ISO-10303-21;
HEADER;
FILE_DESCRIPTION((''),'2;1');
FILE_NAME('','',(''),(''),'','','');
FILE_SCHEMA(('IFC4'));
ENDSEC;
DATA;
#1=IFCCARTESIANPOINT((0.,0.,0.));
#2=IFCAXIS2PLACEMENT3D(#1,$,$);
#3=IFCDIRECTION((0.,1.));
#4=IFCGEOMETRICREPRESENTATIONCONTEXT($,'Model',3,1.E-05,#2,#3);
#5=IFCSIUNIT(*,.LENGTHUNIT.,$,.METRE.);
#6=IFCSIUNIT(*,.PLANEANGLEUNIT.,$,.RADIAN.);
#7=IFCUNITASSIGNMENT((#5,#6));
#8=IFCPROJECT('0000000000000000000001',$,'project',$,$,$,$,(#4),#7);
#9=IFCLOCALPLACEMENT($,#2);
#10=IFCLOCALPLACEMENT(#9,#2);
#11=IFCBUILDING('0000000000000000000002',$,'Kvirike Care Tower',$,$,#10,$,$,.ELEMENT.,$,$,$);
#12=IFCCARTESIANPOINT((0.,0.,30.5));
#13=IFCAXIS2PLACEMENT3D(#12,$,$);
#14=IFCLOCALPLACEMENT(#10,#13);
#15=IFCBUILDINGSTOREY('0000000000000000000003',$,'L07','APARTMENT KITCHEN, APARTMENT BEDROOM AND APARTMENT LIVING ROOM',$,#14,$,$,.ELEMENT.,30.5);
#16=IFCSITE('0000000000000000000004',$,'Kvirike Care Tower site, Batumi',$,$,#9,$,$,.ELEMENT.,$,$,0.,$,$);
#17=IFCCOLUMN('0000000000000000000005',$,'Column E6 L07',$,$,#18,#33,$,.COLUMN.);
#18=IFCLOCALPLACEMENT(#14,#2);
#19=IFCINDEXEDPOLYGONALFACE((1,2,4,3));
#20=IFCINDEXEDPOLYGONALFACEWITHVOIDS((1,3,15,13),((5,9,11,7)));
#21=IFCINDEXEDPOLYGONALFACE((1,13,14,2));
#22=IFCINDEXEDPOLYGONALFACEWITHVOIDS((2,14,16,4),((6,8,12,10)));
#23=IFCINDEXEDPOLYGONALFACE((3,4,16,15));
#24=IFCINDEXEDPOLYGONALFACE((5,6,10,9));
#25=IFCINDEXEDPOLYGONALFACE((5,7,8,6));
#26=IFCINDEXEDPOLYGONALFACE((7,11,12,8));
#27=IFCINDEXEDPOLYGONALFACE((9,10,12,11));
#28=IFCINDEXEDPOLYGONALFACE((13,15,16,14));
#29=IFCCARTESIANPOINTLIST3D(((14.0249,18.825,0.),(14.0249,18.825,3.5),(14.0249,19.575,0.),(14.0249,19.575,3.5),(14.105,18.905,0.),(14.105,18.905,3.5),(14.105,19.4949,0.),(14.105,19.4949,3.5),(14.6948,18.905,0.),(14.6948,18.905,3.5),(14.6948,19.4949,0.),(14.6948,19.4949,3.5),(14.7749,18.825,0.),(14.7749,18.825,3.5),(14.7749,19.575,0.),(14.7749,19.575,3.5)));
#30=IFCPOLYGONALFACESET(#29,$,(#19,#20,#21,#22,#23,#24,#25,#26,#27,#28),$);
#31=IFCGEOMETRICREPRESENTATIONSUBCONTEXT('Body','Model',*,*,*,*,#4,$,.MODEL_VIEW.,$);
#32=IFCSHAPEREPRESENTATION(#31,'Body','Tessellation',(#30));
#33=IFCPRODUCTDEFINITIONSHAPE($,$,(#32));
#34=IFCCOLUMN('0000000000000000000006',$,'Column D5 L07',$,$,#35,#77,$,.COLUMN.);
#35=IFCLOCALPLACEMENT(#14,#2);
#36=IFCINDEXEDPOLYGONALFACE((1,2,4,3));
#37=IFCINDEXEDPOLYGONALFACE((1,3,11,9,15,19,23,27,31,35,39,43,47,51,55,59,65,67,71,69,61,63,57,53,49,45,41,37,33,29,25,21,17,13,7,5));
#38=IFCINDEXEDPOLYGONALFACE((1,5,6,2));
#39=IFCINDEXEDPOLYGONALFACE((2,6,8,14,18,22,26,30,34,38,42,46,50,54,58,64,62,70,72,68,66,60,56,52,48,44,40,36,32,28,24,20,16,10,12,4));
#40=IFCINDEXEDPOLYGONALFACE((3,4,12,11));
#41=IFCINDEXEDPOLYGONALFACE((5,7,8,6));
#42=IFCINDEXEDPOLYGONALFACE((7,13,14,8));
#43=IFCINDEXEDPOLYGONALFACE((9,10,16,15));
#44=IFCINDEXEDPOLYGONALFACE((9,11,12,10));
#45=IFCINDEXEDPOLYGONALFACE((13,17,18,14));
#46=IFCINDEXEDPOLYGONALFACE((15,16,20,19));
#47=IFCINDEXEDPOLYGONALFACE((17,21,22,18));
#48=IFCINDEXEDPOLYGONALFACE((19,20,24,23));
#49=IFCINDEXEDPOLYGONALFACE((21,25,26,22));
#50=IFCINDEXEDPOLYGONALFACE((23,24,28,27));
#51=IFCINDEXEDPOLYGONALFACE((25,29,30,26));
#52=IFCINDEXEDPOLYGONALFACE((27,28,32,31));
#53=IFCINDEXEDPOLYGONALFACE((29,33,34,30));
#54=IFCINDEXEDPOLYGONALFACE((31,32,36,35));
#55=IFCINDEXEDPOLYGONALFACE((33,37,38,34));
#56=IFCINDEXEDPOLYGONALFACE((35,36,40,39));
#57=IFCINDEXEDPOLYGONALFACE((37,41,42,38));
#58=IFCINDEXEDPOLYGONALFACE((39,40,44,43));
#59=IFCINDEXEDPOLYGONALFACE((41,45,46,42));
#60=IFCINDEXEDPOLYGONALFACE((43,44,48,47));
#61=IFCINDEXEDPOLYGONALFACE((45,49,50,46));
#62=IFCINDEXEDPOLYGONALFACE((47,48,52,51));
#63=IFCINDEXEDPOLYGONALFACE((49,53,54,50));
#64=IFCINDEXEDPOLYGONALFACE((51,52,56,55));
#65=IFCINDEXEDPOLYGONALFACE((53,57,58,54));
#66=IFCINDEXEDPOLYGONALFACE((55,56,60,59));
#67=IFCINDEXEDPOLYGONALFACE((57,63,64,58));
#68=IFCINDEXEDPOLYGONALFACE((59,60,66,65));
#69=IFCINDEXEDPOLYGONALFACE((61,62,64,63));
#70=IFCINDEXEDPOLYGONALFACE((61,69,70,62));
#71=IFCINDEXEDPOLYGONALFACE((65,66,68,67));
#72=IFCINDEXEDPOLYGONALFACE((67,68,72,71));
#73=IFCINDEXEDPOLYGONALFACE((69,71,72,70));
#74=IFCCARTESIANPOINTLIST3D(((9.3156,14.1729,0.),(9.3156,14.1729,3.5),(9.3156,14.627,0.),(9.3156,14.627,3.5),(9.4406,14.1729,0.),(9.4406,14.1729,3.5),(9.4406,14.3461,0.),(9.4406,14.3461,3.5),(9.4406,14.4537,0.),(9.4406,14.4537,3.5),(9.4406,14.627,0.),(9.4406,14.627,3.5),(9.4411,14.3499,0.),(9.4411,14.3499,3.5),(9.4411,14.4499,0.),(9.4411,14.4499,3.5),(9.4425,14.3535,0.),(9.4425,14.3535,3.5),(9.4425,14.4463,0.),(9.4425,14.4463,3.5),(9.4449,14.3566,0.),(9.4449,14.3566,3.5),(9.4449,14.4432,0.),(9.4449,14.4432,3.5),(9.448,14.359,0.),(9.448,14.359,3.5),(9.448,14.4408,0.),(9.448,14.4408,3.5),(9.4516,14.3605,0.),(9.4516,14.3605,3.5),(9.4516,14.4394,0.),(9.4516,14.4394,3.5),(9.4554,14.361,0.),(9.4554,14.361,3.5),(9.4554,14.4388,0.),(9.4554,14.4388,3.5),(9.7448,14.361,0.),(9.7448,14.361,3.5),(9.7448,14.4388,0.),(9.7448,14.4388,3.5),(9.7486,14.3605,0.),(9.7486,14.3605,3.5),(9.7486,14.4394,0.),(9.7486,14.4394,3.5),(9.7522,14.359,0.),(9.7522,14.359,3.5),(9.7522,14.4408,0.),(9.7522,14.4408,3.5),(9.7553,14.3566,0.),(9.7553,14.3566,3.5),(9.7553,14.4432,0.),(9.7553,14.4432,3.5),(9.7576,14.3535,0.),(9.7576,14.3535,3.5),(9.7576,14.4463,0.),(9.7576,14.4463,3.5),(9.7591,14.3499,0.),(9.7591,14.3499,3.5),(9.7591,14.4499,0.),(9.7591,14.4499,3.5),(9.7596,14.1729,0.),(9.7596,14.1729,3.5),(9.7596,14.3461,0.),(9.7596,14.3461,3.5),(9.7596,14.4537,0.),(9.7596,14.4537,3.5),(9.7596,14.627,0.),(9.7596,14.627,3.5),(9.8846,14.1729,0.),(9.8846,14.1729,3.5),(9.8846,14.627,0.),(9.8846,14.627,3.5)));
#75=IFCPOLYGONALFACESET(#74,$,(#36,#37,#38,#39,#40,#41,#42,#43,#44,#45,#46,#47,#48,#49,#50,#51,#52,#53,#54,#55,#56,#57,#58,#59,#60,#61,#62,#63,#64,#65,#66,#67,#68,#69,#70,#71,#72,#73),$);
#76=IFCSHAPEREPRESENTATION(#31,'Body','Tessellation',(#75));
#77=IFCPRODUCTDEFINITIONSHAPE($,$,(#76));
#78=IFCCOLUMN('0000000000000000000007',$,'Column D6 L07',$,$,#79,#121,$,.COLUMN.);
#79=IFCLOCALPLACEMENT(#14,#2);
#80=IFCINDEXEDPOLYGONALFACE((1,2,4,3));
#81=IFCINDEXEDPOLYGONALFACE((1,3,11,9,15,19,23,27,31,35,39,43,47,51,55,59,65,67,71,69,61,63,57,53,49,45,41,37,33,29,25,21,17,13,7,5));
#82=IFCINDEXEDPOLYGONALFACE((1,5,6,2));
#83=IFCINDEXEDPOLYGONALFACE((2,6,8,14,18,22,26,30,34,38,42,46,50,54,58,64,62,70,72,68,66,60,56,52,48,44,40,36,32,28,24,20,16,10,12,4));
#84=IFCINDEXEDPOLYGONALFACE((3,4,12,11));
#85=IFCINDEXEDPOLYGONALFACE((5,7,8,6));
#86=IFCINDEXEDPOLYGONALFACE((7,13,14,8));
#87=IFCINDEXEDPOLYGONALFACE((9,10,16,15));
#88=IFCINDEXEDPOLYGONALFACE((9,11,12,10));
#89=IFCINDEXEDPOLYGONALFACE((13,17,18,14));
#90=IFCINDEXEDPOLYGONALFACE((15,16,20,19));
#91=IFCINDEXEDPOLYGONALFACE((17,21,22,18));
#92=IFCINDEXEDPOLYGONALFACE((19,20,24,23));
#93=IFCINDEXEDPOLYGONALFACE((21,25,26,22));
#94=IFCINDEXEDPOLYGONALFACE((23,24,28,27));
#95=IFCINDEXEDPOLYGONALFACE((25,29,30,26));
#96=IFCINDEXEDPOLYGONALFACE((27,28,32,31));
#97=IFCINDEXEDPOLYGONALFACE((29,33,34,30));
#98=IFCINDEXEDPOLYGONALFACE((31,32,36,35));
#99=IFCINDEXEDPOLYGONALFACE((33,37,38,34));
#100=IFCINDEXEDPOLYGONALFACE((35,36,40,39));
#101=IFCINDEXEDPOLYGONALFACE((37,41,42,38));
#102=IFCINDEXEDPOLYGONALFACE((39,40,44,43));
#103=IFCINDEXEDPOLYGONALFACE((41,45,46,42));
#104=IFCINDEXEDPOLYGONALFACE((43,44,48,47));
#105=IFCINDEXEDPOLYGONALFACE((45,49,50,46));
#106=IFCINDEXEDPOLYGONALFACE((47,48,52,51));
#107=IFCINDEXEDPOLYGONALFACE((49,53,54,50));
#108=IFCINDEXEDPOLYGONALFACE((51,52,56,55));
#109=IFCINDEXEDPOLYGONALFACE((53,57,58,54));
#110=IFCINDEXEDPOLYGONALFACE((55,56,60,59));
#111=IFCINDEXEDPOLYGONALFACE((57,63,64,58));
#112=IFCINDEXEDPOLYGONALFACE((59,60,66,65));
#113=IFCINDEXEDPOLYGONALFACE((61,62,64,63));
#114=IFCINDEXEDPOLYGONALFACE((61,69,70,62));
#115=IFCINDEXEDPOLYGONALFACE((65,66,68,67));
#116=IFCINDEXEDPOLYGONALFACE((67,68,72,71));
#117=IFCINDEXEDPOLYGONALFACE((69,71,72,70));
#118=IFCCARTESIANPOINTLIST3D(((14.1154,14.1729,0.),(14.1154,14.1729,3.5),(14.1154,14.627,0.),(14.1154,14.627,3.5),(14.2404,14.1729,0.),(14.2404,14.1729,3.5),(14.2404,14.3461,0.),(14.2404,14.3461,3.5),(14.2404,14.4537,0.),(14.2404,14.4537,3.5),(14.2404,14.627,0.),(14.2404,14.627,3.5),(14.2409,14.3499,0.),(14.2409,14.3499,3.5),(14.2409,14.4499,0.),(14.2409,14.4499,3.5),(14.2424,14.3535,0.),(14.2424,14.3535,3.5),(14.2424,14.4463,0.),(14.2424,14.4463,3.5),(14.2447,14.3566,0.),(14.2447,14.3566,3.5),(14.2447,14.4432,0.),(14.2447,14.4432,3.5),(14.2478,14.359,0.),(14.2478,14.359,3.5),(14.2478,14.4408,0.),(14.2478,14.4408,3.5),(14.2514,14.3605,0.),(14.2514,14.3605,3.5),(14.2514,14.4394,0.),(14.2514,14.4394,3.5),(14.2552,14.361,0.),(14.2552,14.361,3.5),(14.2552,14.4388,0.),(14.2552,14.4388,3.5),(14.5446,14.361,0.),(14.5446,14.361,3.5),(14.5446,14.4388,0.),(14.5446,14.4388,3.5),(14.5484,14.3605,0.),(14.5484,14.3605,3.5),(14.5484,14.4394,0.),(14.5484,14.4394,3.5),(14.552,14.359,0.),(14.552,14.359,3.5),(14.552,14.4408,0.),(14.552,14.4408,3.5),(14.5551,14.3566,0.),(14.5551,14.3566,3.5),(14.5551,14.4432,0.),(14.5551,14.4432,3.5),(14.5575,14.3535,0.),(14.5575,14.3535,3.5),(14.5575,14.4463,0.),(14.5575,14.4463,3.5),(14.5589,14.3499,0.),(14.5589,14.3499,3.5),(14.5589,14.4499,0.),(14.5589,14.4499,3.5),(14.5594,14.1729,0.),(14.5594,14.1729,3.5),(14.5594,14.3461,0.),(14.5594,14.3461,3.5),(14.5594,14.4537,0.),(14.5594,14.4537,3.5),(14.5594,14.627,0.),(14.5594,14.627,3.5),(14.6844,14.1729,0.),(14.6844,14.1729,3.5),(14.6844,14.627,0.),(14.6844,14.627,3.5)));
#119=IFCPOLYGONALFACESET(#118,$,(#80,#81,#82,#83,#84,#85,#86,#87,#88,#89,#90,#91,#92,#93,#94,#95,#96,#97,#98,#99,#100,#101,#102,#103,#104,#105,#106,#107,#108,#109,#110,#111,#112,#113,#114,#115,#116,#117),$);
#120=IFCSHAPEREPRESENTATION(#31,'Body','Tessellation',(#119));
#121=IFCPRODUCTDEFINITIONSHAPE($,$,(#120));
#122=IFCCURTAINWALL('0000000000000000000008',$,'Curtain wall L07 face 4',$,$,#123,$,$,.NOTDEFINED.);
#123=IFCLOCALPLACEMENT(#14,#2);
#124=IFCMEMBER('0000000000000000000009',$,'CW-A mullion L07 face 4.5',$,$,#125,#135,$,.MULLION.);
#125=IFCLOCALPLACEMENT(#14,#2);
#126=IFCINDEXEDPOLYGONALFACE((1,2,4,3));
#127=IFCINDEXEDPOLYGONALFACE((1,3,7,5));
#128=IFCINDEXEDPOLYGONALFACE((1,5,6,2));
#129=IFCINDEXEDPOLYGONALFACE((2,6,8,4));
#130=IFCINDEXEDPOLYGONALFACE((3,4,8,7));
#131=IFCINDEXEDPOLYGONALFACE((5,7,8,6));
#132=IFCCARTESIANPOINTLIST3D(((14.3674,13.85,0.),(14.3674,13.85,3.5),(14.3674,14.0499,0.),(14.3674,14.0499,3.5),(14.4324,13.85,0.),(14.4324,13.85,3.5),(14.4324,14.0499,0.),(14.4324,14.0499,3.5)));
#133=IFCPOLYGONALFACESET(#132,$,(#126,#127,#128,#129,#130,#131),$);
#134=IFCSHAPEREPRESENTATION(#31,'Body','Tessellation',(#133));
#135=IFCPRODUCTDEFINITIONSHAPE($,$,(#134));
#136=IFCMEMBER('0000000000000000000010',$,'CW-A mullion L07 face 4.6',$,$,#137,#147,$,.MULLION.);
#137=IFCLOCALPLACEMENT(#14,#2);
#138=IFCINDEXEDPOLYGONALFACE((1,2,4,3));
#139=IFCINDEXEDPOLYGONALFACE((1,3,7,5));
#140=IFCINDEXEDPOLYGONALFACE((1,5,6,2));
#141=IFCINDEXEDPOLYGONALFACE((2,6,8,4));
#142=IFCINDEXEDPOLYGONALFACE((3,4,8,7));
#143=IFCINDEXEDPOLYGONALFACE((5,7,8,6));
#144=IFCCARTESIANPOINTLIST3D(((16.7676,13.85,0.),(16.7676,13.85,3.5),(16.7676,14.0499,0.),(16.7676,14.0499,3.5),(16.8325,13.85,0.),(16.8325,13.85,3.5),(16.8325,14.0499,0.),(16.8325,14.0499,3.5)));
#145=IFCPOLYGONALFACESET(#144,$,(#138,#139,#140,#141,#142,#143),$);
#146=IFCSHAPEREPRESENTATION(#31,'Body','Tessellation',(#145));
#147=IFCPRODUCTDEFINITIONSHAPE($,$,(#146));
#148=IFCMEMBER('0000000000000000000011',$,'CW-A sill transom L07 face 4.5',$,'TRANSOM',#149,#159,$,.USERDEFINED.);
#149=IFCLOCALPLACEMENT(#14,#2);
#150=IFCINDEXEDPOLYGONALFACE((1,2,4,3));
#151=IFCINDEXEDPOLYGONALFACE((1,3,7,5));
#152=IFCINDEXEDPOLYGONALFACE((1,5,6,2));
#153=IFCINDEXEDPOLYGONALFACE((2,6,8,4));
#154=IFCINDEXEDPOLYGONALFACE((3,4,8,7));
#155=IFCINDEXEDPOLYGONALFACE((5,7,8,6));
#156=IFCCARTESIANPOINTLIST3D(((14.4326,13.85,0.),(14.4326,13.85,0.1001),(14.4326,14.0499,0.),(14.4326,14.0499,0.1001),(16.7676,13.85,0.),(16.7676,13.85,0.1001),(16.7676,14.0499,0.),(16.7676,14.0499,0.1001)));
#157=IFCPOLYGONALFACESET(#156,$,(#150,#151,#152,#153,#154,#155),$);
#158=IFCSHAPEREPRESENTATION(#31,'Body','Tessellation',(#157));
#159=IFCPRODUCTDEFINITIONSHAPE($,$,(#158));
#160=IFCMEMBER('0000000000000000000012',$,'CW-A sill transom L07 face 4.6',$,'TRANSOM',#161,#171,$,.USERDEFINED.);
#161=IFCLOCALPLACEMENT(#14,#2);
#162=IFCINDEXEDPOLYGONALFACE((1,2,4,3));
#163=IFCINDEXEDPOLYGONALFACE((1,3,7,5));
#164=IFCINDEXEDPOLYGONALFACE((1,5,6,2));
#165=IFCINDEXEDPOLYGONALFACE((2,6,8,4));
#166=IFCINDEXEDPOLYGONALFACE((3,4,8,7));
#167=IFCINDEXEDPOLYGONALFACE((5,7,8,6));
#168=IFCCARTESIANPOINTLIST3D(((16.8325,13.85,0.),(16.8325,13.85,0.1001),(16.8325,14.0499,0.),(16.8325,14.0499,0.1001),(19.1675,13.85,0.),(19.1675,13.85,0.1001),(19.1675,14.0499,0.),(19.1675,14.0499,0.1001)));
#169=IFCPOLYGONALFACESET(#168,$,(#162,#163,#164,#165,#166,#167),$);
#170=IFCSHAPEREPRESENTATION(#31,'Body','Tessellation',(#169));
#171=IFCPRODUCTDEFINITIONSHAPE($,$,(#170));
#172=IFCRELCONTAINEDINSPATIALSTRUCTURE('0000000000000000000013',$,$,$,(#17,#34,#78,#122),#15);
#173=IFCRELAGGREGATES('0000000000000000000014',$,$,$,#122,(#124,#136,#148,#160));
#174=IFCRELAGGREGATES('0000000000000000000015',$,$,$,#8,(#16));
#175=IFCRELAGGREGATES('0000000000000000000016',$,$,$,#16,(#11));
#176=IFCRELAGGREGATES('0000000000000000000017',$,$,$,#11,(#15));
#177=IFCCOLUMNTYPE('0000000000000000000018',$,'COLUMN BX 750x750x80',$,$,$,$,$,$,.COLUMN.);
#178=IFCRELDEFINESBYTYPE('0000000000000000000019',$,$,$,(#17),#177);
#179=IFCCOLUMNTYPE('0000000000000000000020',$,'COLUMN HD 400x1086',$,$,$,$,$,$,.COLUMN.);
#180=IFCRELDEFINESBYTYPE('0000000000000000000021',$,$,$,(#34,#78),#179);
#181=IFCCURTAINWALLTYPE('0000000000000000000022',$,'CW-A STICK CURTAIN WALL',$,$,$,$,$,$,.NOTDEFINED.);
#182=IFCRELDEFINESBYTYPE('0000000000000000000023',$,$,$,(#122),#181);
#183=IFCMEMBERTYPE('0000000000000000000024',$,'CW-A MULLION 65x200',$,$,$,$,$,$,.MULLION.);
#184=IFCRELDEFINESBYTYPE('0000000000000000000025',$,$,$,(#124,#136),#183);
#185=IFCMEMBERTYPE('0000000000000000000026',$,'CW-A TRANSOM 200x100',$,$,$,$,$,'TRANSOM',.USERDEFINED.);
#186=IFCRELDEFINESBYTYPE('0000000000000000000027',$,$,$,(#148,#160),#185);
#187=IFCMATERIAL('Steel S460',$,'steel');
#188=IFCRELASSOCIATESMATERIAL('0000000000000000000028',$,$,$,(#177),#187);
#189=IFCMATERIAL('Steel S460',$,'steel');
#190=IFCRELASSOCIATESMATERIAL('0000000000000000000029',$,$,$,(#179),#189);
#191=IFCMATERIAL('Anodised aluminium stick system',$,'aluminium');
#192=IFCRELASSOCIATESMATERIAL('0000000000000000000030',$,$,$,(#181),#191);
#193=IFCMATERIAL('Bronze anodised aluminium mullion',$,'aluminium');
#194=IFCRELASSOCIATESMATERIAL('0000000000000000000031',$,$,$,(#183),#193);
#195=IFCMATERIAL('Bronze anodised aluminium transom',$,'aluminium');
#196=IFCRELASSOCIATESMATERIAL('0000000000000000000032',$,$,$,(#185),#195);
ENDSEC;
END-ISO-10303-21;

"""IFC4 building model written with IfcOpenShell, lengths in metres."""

from ifc_helpers import new_model, si_unit, direction, frame, origin, origin_2d, place, context, subcontext, project, spatial, rectangle, hollow_rectangle, i_section, extrude, material, material_profile, profile_set, type_object, element, aggregate, save


model = new_model("IFC4")

# Units and contexts
model_context = context("Model", 3, precision=1e-05, world=origin(), true_north=direction((0.0, 1.0)))
body_context = subcontext(model_context, "Body", "Model", "MODEL_VIEW")
ifc_project = project(units=[si_unit("LENGTHUNIT", "METRE"), si_unit("PLANEANGLEUNIT", "RADIAN")], contexts=[model_context])

# Site, building, storey
site_placement = place(None, origin())
site = spatial("IfcSite", under=ifc_project, at=site_placement, Name="Kvirike Care Tower site, Batumi", CompositionType="ELEMENT", RefElevation=0.0)
building_placement = place(site_placement, origin())
building = spatial("IfcBuilding", under=site, at=building_placement, Name="Kvirike Care Tower", CompositionType="ELEMENT")
storey_placement = place(building_placement, frame((0.0, 0.0, 30.5)))
storey = spatial("IfcBuildingStorey", under=building, at=storey_placement, Name="L07", Description="APARTMENT KITCHEN, APARTMENT BEDROOM AND APARTMENT LIVING ROOM", CompositionType="ELEMENT", Elevation=30.5)

# Columns
ifc_material_1 = material(Name="Steel S460", Category="steel")
ifc_material_profile_1 = material_profile(ifc_material_1, hollow_rectangle(XDim=0.75, YDim=0.75, WallThickness=0.0801, at=origin_2d()), Name="BX 750x750x80")
ifc_profile_set_1 = profile_set([ifc_material_profile_1], Name="Steel S460")
column_type_1 = type_object("IfcColumnType", Name="COLUMN BX 750x750x80", PredefinedType="COLUMN", material=ifc_profile_set_1)
column_placement = place(storey_placement, frame((14.3999, 19.2, 0.0), z_axis=(0.0, 0.0, 1.0), x_axis=(1.0, 0.0, 0.0)))
element("IfcColumn", 1, at=column_placement, inside=storey, type_object=column_type_1, Name="Column E6 L07", PredefinedType="COLUMN", context=body_context, shape_type="SweptSolid", body=[
    extrude(hollow_rectangle(XDim=0.75, YDim=0.75, WallThickness=0.0801, at=origin_2d()), origin(), (0.0, 0.0, 1.0), 3.5),
])
ifc_material_2 = material(Name="Steel S460", Category="steel")
ifc_material_profile_2 = material_profile(ifc_material_2, i_section(OverallWidth=0.4541, OverallDepth=0.5691, WebThickness=0.0779, FlangeThickness=0.125, FilletRadius=0.0149, at=origin_2d()), Name="HD 400x1086")
ifc_profile_set_2 = profile_set([ifc_material_profile_2], Name="Steel S460")
column_type_2 = type_object("IfcColumnType", Name="COLUMN HD 400x1086", PredefinedType="COLUMN", material=ifc_profile_set_2)
for number, where, z_axis, x_axis, name in (
    (2, (9.6001, 14.3999, 0.0), (0.0, 0.0, 1.0), (0.0, 1.0, 0.0), "Column D5 L07"),
    (3, (14.3999, 14.3999, 0.0), (0.0, 0.0, 1.0), (0.0, 1.0, 0.0), "Column D6 L07"),
):
    element("IfcColumn", number, at=place(storey_placement, frame(where, z_axis=z_axis, x_axis=x_axis)), inside=storey, type_object=column_type_2, Name=name, PredefinedType="COLUMN", context=body_context, shape_type="SweptSolid", body=[
        extrude(i_section(OverallWidth=0.4541, OverallDepth=0.5691, WebThickness=0.0779, FlangeThickness=0.125, FilletRadius=0.0149, at=origin_2d()), origin(), (0.0, 0.0, 1.0), 3.5),
    ])

# Curtain wall, members
ifc_material_3 = material(Name="Anodised aluminium stick system", Category="aluminium")
curtain_wall_type = type_object("IfcCurtainWallType", Name="CW-A STICK CURTAIN WALL", PredefinedType="NOTDEFINED", material=ifc_material_3)
curtain_wall_placement = place(storey_placement, origin())
curtain_wall = element("IfcCurtainWall", 4, at=curtain_wall_placement, inside=storey, type_object=curtain_wall_type, Name="Curtain wall L07 face 4", PredefinedType="NOTDEFINED")
ifc_material_4 = material(Name="Bronze anodised aluminium mullion", Category="aluminium")
ifc_material_profile_3 = material_profile(ifc_material_4, rectangle(XDim=0.0649, YDim=0.2, at=origin_2d()), Name="CW-A MULLION 65x200")
ifc_profile_set_3 = profile_set([ifc_material_profile_3], Name="Bronze anodised aluminium mullion")
member_type_1 = type_object("IfcMemberType", Name="CW-A MULLION 65x200", PredefinedType="MULLION", material=ifc_profile_set_3)
member_1_placement = place(storey_placement, frame((14.3999, 13.95, 0.0), z_axis=(0.0, 0.0, 1.0), x_axis=(1.0, 0.0, 0.0)))
member_1 = element("IfcMember", 5, at=member_1_placement, type_object=member_type_1, Name="CW-A mullion L07 face 4.5", PredefinedType="MULLION", context=body_context, shape_type="SweptSolid", body=[
    extrude(rectangle(XDim=0.0649, YDim=0.2, at=origin_2d()), origin(), (0.0, 0.0, 1.0), 3.5),
])
member_2_placement = place(storey_placement, frame((16.8, 13.95, 0.0), z_axis=(0.0, 0.0, 1.0), x_axis=(1.0, 0.0, 0.0)))
member_2 = element("IfcMember", 6, at=member_2_placement, type_object=member_type_1, Name="CW-A mullion L07 face 4.6", PredefinedType="MULLION", context=body_context, shape_type="SweptSolid", body=[
    extrude(rectangle(XDim=0.0649, YDim=0.2, at=origin_2d()), origin(), (0.0, 0.0, 1.0), 3.5),
])
ifc_material_5 = material(Name="Bronze anodised aluminium transom", Category="aluminium")
ifc_material_profile_4 = material_profile(ifc_material_5, rectangle(XDim=0.2, YDim=0.1001, at=origin_2d()), Name="CW-A TRANSOM 200x100")
ifc_profile_set_4 = profile_set([ifc_material_profile_4], Name="Bronze anodised aluminium transom")
member_type_2 = type_object("IfcMemberType", Name="CW-A TRANSOM 200x100", ElementType="TRANSOM", PredefinedType="USERDEFINED", material=ifc_profile_set_4)
member_3_placement = place(storey_placement, frame((14.4326, 13.95, 0.05), z_axis=(1.0, 0.0, 0.0), x_axis=(0.0, 1.0, 0.0)))
member_3 = element("IfcMember", 7, at=member_3_placement, type_object=member_type_2, Name="CW-A sill transom L07 face 4.5", ObjectType="TRANSOM", PredefinedType="USERDEFINED", context=body_context, shape_type="SweptSolid", body=[
    extrude(rectangle(XDim=0.2, YDim=0.1001, at=origin_2d()), origin(), (0.0, 0.0, 1.0), 2.335),
])
member_4_placement = place(storey_placement, frame((16.8325, 13.95, 0.05), z_axis=(1.0, 0.0, 0.0), x_axis=(0.0, 1.0, 0.0)))
member_4 = element("IfcMember", 8, at=member_4_placement, type_object=member_type_2, Name="CW-A sill transom L07 face 4.6", ObjectType="TRANSOM", PredefinedType="USERDEFINED", context=body_context, shape_type="SweptSolid", body=[
    extrude(rectangle(XDim=0.2, YDim=0.1001, at=origin_2d()), origin(), (0.0, 0.0, 1.0), 2.335),
])

aggregate(curtain_wall, [member_1, member_2, member_3, member_4])

save(model, "model.ifc")
